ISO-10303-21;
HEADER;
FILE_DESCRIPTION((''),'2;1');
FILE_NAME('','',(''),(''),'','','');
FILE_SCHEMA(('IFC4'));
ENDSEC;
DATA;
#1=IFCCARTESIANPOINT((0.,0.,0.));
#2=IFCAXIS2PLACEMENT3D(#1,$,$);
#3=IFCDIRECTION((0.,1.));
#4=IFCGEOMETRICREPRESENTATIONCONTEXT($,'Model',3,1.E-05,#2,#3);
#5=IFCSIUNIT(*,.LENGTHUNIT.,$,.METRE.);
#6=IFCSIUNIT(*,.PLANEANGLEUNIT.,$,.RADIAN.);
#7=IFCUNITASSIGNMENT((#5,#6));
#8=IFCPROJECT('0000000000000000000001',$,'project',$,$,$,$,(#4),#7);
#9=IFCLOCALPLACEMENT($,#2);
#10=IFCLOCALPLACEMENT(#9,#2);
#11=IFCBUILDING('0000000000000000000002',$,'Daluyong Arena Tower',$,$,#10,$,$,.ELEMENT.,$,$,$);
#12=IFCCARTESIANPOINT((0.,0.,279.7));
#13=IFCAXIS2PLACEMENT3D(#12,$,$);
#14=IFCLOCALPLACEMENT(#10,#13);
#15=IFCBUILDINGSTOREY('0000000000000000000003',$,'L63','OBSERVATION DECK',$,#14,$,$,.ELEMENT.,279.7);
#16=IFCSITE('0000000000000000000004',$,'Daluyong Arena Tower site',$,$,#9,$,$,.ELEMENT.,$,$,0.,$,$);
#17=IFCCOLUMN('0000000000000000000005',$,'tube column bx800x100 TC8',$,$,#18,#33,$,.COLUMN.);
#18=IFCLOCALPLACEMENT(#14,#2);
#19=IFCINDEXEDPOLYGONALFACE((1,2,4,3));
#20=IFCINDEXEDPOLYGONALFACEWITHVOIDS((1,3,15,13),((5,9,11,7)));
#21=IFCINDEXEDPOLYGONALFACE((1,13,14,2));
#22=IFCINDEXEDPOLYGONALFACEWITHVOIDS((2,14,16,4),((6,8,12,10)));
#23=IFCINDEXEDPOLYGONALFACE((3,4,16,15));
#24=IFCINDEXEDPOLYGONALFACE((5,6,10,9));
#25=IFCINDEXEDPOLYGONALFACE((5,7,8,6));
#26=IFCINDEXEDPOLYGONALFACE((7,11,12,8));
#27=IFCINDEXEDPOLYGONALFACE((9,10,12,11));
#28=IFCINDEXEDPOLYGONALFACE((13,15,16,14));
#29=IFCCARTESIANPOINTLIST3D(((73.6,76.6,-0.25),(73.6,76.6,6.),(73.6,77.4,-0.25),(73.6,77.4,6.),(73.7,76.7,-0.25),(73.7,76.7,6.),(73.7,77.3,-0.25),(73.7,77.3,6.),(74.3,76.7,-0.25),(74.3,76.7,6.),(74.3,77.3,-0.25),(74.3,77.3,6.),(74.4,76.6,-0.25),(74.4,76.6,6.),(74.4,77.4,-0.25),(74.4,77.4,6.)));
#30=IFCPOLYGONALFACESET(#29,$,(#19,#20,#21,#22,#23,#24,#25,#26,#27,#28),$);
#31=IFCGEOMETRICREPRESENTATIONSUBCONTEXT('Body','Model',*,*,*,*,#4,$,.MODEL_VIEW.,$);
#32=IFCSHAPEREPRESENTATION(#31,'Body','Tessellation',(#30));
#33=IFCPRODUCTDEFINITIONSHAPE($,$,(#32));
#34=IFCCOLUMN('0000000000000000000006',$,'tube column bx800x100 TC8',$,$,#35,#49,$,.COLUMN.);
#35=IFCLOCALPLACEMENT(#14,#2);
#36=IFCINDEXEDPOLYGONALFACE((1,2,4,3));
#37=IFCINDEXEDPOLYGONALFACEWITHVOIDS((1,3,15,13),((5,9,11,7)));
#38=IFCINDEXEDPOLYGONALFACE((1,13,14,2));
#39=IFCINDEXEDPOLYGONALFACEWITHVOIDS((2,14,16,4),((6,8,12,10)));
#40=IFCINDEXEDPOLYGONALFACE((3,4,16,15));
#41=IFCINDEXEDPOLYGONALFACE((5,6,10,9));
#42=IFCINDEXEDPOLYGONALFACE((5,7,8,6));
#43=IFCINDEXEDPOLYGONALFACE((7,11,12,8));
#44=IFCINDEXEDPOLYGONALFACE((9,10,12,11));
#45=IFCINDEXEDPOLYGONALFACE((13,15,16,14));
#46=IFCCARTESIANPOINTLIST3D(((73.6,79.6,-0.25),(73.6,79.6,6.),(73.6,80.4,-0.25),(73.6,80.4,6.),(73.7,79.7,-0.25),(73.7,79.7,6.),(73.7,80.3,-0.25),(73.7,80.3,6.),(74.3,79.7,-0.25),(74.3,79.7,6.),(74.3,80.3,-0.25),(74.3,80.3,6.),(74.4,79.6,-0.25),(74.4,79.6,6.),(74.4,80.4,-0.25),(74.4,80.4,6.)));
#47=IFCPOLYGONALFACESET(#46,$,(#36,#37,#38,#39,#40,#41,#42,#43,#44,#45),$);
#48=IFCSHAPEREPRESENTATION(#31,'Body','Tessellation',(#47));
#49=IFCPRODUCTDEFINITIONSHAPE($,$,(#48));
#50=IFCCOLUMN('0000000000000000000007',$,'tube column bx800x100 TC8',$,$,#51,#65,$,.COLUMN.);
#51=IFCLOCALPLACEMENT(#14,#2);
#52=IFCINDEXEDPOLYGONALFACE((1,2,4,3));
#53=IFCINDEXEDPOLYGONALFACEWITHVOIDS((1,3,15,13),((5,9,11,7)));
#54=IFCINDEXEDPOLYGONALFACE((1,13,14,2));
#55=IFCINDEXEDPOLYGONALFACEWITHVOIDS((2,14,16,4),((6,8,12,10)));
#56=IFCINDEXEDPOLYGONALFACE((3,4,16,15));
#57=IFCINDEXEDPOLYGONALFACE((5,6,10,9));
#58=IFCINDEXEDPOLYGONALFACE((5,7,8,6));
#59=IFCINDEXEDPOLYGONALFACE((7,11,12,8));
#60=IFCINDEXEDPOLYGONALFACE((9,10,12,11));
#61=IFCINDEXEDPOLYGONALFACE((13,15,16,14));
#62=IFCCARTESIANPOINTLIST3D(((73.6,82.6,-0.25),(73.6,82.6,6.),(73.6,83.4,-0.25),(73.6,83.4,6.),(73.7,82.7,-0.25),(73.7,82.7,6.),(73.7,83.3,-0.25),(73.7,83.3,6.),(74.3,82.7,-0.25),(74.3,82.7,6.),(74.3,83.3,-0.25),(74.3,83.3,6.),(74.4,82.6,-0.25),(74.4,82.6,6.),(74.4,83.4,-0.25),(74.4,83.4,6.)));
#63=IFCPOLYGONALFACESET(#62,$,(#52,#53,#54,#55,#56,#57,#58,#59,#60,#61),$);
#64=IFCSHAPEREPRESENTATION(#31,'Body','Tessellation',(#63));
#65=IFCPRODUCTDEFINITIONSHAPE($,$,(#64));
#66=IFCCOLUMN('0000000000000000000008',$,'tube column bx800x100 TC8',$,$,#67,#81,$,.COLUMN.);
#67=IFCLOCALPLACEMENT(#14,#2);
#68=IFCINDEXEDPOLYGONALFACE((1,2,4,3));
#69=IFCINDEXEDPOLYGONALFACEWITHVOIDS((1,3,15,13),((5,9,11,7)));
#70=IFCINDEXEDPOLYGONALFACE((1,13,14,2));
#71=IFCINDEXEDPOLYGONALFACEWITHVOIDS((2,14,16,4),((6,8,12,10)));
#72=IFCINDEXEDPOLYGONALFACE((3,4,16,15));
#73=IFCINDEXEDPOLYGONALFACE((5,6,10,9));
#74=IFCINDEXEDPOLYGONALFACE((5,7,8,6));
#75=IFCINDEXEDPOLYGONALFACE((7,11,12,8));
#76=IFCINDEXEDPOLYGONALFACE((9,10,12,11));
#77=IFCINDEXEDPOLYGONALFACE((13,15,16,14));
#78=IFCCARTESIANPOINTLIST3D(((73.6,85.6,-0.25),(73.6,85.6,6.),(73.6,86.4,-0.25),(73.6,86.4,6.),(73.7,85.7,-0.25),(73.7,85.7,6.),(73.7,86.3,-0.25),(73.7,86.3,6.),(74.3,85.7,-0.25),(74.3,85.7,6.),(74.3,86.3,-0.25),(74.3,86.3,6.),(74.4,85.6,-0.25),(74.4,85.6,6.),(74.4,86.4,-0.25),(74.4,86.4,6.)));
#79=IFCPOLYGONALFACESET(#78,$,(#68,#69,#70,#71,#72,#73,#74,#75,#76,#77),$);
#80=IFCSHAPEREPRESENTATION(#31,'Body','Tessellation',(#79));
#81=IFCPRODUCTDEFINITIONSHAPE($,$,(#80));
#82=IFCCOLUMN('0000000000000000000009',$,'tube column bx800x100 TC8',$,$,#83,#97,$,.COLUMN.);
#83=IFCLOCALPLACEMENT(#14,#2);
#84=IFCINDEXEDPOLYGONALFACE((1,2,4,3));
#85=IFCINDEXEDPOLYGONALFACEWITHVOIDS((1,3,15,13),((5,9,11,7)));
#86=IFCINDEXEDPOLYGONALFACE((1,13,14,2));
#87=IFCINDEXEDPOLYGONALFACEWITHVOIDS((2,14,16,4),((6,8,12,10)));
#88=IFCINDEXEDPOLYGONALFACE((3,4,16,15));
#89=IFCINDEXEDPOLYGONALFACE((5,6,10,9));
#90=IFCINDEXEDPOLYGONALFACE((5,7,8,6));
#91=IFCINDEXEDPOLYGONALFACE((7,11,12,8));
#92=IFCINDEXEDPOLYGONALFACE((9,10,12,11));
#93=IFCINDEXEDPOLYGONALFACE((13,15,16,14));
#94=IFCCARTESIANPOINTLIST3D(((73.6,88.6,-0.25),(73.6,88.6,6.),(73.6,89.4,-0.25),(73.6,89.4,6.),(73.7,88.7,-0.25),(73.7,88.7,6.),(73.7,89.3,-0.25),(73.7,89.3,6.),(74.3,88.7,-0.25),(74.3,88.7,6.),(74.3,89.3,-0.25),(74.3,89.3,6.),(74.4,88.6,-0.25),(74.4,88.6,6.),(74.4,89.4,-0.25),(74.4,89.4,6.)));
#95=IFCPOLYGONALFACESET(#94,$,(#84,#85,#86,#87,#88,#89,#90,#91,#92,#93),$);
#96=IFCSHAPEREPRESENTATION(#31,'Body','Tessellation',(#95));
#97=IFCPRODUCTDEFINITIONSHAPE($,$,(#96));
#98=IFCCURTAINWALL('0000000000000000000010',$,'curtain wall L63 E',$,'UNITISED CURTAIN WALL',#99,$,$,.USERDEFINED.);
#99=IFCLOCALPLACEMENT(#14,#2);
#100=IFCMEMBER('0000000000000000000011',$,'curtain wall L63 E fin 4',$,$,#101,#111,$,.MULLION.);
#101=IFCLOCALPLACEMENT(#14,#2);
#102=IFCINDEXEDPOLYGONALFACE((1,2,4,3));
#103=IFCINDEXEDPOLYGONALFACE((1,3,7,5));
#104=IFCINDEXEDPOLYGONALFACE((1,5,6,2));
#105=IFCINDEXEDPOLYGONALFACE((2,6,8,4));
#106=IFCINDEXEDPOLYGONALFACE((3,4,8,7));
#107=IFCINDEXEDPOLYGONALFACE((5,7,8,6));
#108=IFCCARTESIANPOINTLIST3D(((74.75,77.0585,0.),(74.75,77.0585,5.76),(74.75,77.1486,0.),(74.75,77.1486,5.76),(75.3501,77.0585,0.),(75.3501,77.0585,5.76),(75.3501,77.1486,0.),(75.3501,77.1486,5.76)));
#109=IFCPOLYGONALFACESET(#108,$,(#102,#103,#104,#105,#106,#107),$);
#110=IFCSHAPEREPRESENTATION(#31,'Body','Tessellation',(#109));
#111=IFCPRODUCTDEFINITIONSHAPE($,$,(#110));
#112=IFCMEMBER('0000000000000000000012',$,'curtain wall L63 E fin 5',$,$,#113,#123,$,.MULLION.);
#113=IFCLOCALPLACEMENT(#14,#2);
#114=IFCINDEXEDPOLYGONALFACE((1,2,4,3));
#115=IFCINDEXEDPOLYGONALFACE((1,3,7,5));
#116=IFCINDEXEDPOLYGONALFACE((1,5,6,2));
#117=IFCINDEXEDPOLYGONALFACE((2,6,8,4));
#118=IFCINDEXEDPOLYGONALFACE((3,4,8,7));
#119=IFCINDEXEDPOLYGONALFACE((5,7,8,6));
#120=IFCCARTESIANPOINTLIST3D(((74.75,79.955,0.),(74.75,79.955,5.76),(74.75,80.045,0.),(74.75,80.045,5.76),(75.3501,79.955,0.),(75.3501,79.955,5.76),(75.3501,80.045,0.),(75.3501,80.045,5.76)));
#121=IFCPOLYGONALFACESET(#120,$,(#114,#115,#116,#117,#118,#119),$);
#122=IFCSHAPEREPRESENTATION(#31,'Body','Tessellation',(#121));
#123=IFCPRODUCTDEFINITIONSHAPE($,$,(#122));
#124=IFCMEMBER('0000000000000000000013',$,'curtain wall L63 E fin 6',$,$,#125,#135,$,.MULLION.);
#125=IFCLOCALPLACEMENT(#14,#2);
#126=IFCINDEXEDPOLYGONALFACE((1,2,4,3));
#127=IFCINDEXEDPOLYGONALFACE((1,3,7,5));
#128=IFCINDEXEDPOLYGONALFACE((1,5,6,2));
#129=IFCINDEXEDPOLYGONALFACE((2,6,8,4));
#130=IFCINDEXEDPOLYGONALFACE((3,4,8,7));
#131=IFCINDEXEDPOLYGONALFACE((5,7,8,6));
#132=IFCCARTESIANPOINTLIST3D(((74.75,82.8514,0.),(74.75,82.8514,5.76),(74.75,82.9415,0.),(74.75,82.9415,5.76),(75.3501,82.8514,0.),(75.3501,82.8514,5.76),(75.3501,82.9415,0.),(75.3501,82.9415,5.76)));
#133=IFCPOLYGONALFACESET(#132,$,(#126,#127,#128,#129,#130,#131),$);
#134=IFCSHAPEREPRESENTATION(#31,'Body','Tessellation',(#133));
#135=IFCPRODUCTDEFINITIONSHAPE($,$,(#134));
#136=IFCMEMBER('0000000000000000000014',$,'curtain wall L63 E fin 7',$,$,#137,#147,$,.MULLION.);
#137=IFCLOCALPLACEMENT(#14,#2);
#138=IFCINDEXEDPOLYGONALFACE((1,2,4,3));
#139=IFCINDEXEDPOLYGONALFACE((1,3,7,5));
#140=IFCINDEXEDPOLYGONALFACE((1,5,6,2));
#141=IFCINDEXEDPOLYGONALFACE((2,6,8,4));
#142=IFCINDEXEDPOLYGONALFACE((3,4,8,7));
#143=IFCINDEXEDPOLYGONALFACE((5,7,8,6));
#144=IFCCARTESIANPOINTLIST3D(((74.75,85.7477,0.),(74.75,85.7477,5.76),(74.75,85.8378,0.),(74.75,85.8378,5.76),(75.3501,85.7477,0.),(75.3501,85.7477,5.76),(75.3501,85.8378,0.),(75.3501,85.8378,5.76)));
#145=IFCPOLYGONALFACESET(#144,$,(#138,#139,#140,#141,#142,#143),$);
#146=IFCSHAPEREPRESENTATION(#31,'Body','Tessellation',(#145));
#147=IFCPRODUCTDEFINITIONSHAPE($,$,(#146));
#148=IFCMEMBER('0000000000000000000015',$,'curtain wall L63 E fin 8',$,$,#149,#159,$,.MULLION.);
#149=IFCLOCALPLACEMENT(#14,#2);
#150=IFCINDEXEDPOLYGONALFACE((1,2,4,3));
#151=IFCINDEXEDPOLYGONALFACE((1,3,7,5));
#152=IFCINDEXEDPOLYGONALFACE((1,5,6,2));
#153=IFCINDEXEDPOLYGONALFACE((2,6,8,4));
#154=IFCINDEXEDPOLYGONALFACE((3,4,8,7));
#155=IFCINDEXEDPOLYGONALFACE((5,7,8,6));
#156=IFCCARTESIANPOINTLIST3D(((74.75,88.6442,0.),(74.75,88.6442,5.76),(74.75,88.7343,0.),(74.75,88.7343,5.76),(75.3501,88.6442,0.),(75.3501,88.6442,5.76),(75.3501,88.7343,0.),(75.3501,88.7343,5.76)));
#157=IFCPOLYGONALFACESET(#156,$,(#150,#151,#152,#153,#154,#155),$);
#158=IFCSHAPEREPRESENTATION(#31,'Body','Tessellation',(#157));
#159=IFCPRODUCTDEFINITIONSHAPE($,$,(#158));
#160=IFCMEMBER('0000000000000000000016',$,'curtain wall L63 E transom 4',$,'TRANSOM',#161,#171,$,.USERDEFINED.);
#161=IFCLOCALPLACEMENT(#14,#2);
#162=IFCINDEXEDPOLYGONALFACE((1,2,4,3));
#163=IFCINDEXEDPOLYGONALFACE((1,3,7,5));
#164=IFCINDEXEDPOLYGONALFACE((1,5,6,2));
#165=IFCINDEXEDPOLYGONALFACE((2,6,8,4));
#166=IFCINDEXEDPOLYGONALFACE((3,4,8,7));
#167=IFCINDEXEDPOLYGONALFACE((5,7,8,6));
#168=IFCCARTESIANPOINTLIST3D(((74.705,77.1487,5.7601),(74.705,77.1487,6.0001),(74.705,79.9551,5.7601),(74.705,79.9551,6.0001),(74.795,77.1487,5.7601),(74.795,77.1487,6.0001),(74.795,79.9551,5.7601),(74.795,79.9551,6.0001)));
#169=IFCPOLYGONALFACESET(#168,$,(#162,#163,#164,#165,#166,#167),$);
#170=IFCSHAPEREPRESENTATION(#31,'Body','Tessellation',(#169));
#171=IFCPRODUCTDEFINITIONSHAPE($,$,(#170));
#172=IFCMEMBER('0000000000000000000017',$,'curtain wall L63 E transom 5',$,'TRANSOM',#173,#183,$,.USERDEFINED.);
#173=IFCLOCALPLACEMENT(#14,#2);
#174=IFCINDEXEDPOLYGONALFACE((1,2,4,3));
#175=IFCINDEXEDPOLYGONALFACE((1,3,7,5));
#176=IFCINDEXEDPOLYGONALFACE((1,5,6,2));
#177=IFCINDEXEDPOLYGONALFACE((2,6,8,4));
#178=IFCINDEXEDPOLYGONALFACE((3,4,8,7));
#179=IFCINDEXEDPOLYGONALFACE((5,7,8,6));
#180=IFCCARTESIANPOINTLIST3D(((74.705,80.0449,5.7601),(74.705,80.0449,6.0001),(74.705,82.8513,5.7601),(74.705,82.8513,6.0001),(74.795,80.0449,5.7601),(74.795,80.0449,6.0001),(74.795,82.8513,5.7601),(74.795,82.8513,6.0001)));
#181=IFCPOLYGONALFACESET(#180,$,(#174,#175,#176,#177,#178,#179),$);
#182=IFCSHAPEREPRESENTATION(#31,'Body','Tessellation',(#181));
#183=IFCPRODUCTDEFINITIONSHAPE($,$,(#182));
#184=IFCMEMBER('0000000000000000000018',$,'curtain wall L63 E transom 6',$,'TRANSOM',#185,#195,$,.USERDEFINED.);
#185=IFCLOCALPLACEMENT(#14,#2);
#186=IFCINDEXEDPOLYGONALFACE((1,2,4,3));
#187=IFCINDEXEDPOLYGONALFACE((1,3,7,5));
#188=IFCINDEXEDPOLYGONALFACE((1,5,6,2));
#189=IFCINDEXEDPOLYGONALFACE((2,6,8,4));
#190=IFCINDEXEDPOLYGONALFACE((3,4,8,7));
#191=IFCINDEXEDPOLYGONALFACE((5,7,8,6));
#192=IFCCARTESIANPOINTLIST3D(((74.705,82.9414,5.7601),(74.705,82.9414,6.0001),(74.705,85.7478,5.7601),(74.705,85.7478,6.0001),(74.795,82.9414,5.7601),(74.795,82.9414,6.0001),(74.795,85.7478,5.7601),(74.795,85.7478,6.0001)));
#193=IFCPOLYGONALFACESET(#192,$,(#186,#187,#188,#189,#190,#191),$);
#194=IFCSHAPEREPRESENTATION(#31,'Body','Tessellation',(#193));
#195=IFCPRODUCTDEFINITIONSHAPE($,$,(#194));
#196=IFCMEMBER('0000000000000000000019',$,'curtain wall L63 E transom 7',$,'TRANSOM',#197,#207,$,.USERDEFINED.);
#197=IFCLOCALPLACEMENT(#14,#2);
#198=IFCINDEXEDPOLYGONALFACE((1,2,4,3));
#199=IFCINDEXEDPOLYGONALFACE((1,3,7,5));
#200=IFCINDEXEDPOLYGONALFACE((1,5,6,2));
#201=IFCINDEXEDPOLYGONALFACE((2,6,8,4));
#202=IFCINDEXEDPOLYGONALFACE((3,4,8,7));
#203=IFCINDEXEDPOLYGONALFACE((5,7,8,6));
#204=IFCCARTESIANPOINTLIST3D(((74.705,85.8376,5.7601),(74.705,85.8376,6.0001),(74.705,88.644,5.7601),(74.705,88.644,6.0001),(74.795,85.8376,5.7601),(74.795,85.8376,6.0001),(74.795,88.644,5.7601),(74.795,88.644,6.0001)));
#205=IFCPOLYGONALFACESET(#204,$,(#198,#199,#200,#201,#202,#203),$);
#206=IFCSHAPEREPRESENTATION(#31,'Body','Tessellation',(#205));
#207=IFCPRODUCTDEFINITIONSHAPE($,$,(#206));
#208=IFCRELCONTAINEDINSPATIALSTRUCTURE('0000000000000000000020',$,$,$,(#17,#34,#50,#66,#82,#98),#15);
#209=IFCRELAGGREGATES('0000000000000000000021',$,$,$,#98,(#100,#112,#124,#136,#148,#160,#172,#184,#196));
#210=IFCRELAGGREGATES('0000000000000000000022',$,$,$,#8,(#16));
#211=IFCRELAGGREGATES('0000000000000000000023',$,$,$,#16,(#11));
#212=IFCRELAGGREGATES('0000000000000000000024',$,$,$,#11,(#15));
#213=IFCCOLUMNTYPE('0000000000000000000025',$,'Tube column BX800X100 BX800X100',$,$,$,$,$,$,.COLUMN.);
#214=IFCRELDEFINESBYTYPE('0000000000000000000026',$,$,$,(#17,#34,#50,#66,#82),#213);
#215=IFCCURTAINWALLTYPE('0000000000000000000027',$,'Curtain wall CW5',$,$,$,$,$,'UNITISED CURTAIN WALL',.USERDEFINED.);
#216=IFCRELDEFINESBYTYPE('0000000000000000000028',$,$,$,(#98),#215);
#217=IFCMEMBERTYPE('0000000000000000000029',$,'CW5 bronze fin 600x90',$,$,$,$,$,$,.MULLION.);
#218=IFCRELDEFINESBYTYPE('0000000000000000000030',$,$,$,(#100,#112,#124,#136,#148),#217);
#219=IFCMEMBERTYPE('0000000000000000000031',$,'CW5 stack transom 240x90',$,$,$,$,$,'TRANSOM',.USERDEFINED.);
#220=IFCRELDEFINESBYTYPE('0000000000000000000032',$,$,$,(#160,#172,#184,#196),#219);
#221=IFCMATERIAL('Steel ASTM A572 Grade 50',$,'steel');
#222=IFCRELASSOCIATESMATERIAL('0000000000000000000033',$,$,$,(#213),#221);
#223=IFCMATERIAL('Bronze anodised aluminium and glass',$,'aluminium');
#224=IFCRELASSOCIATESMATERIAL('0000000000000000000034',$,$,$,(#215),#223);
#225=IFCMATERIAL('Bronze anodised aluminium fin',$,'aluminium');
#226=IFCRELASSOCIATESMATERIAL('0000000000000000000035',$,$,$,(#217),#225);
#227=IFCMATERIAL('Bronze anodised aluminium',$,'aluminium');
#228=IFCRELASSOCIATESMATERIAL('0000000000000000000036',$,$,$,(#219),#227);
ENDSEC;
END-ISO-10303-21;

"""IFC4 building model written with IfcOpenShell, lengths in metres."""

from ifc_helpers import new_model, si_unit, direction, frame, origin, origin_2d, place, context, subcontext, project, spatial, rectangle, hollow_rectangle, extrude, material, material_profile, profile_set, type_object, element, aggregate, save


model = new_model("IFC4")

# Units and contexts
model_context = context("Model", 3, precision=1e-05, world=origin(), true_north=direction((0.0, 1.0)))
body_context = subcontext(model_context, "Body", "Model", "MODEL_VIEW")
ifc_project = project(units=[si_unit("LENGTHUNIT", "METRE"), si_unit("PLANEANGLEUNIT", "RADIAN")], contexts=[model_context])

# Site, building, storey
site_placement = place(None, origin())
site = spatial("IfcSite", under=ifc_project, at=site_placement, Name="Daluyong Arena Tower site", CompositionType="ELEMENT", RefElevation=0.0)
building_placement = place(site_placement, origin())
building = spatial("IfcBuilding", under=site, at=building_placement, Name="Daluyong Arena Tower", CompositionType="ELEMENT")
storey_placement = place(building_placement, frame((0.0, 0.0, 279.7)))
storey = spatial("IfcBuildingStorey", under=building, at=storey_placement, Name="L63", Description="OBSERVATION DECK", CompositionType="ELEMENT", Elevation=279.7)

# Columns
ifc_material_1 = material(Name="Steel ASTM A572 Grade 50", Category="steel")
ifc_material_profile_1 = material_profile(ifc_material_1, hollow_rectangle(XDim=0.8, YDim=0.8, WallThickness=0.1, at=origin_2d()))
ifc_profile_set_1 = profile_set([ifc_material_profile_1], Name="Steel ASTM A572 Grade 50")
column_type = type_object("IfcColumnType", Name="Tube column BX800X100 BX800X100", PredefinedType="COLUMN", material=ifc_profile_set_1)
for number, where, z_axis, x_axis, name in (
    (1, (74.0, 77.0, -0.25), (0.0, 0.0, 1.0), (0.0, 1.0, 0.0), "tube column bx800x100 TC8"),
    (2, (74.0, 80.0, -0.25), (0.0, 0.0, 1.0), (0.0, 1.0, 0.0), "tube column bx800x100 TC8"),
    (3, (74.0, 83.0, -0.25), (0.0, 0.0, 1.0), (0.0, 1.0, 0.0), "tube column bx800x100 TC8"),
    (4, (74.0, 86.0, -0.25), (0.0, 0.0, 1.0), (0.0, 1.0, 0.0), "tube column bx800x100 TC8"),
    (5, (74.0, 89.0, -0.25), (0.0, 0.0, 1.0), (0.0, 1.0, 0.0), "tube column bx800x100 TC8"),
):
    element("IfcColumn", number, at=place(storey_placement, frame(where, z_axis=z_axis, x_axis=x_axis)), inside=storey, type_object=column_type, Name=name, PredefinedType="COLUMN", context=body_context, shape_type="SweptSolid", body=[
        extrude(hollow_rectangle(XDim=0.8, YDim=0.8, WallThickness=0.1, at=origin_2d()), origin(), (0.0, 0.0, 1.0), 6.25),
    ])

# Curtain wall, members
ifc_material_2 = material(Name="Bronze anodised aluminium and glass", Category="aluminium")
curtain_wall_type = type_object("IfcCurtainWallType", Name="Curtain wall CW5", ElementType="UNITISED CURTAIN WALL", PredefinedType="USERDEFINED", material=ifc_material_2)
curtain_wall_placement = place(storey_placement, origin())
curtain_wall = element("IfcCurtainWall", 6, at=curtain_wall_placement, inside=storey, type_object=curtain_wall_type, Name="curtain wall L63 E", ObjectType="UNITISED CURTAIN WALL", PredefinedType="USERDEFINED")
ifc_material_3 = material(Name="Bronze anodised aluminium fin", Category="aluminium")
ifc_material_profile_2 = material_profile(ifc_material_3, rectangle(XDim=0.6001, YDim=0.0901, at=origin_2d()))
ifc_profile_set_2 = profile_set([ifc_material_profile_2], Name="Bronze anodised aluminium fin")
member_type_1 = type_object("IfcMemberType", Name="CW5 bronze fin 600x90", PredefinedType="MULLION", material=ifc_profile_set_2)
member_1_placement = place(storey_placement, frame((75.05, 77.1035, 0.0), z_axis=(0.0, 0.0, 1.0), x_axis=(-1.0, 0.0, 0.0)))
member_1 = element("IfcMember", 7, at=member_1_placement, type_object=member_type_1, Name="curtain wall L63 E fin 4", PredefinedType="MULLION", context=body_context, shape_type="SweptSolid", body=[
    extrude(rectangle(XDim=0.6001, YDim=0.0901, at=origin_2d()), origin(), (0.0, 0.0, 1.0), 5.76),
])
member_2_placement = place(storey_placement, frame((75.05, 80.0, 0.0), z_axis=(0.0, 0.0, 1.0), x_axis=(-1.0, 0.0, 0.0)))
member_2 = element("IfcMember", 8, at=member_2_placement, type_object=member_type_1, Name="curtain wall L63 E fin 5", PredefinedType="MULLION", context=body_context, shape_type="SweptSolid", body=[
    extrude(rectangle(XDim=0.6001, YDim=0.0901, at=origin_2d()), origin(), (0.0, 0.0, 1.0), 5.76),
])
member_3_placement = place(storey_placement, frame((75.05, 82.8965, 0.0), z_axis=(0.0, 0.0, 1.0), x_axis=(-1.0, 0.0, 0.0)))
member_3 = element("IfcMember", 9, at=member_3_placement, type_object=member_type_1, Name="curtain wall L63 E fin 6", PredefinedType="MULLION", context=body_context, shape_type="SweptSolid", body=[
    extrude(rectangle(XDim=0.6001, YDim=0.0901, at=origin_2d()), origin(), (0.0, 0.0, 1.0), 5.76),
])
member_4_placement = place(storey_placement, frame((75.05, 85.7927, 0.0), z_axis=(0.0, 0.0, 1.0), x_axis=(-1.0, 0.0, 0.0)))
member_4 = element("IfcMember", 10, at=member_4_placement, type_object=member_type_1, Name="curtain wall L63 E fin 7", PredefinedType="MULLION", context=body_context, shape_type="SweptSolid", body=[
    extrude(rectangle(XDim=0.6001, YDim=0.0901, at=origin_2d()), origin(), (0.0, 0.0, 1.0), 5.76),
])
member_5_placement = place(storey_placement, frame((75.05, 88.6892, 0.0), z_axis=(0.0, 0.0, 1.0), x_axis=(-1.0, 0.0, 0.0)))
member_5 = element("IfcMember", 11, at=member_5_placement, type_object=member_type_1, Name="curtain wall L63 E fin 8", PredefinedType="MULLION", context=body_context, shape_type="SweptSolid", body=[
    extrude(rectangle(XDim=0.6001, YDim=0.0901, at=origin_2d()), origin(), (0.0, 0.0, 1.0), 5.76),
])
ifc_material_4 = material(Name="Bronze anodised aluminium", Category="aluminium")
ifc_material_profile_3 = material_profile(ifc_material_4, rectangle(XDim=0.0901, YDim=0.24, at=origin_2d()))
ifc_profile_set_3 = profile_set([ifc_material_profile_3], Name="Bronze anodised aluminium")
member_type_2 = type_object("IfcMemberType", Name="CW5 stack transom 240x90", ElementType="TRANSOM", PredefinedType="USERDEFINED", material=ifc_profile_set_3)
member_6_placement = place(storey_placement, frame((74.75, 77.1487, 5.8801), z_axis=(0.0, 1.0, 0.0), x_axis=(-1.0, 0.0, 0.0)))
member_6 = element("IfcMember", 12, at=member_6_placement, type_object=member_type_2, Name="curtain wall L63 E transom 4", ObjectType="TRANSOM", PredefinedType="USERDEFINED", context=body_context, shape_type="SweptSolid", body=[
    extrude(rectangle(XDim=0.0901, YDim=0.24, at=origin_2d()), origin(), (0.0, 0.0, 1.0), 2.8064),
])
member_7_placement = place(storey_placement, frame((74.75, 80.0449, 5.8801), z_axis=(0.0, 1.0, 0.0), x_axis=(-1.0, 0.0, 0.0)))
member_7 = element("IfcMember", 13, at=member_7_placement, type_object=member_type_2, Name="curtain wall L63 E transom 5", ObjectType="TRANSOM", PredefinedType="USERDEFINED", context=body_context, shape_type="SweptSolid", body=[
    extrude(rectangle(XDim=0.0901, YDim=0.24, at=origin_2d()), origin(), (0.0, 0.0, 1.0), 2.8064),
])
member_8_placement = place(storey_placement, frame((74.75, 82.9414, 5.8801), z_axis=(0.0, 1.0, 0.0), x_axis=(-1.0, 0.0, 0.0)))
member_8 = element("IfcMember", 14, at=member_8_placement, type_object=member_type_2, Name="curtain wall L63 E transom 6", ObjectType="TRANSOM", PredefinedType="USERDEFINED", context=body_context, shape_type="SweptSolid", body=[
    extrude(rectangle(XDim=0.0901, YDim=0.24, at=origin_2d()), origin(), (0.0, 0.0, 1.0), 2.8064),
])
member_9_placement = place(storey_placement, frame((74.75, 85.8376, 5.8801), z_axis=(0.0, 1.0, 0.0), x_axis=(-1.0, 0.0, 0.0)))
member_9 = element("IfcMember", 15, at=member_9_placement, type_object=member_type_2, Name="curtain wall L63 E transom 7", ObjectType="TRANSOM", PredefinedType="USERDEFINED", context=body_context, shape_type="SweptSolid", body=[
    extrude(rectangle(XDim=0.0901, YDim=0.24, at=origin_2d()), origin(), (0.0, 0.0, 1.0), 2.8064),
])

aggregate(curtain_wall, [member_1, member_2, member_3, member_4, member_5, member_6, member_7, member_8, member_9])

save(model, "model.ifc")
